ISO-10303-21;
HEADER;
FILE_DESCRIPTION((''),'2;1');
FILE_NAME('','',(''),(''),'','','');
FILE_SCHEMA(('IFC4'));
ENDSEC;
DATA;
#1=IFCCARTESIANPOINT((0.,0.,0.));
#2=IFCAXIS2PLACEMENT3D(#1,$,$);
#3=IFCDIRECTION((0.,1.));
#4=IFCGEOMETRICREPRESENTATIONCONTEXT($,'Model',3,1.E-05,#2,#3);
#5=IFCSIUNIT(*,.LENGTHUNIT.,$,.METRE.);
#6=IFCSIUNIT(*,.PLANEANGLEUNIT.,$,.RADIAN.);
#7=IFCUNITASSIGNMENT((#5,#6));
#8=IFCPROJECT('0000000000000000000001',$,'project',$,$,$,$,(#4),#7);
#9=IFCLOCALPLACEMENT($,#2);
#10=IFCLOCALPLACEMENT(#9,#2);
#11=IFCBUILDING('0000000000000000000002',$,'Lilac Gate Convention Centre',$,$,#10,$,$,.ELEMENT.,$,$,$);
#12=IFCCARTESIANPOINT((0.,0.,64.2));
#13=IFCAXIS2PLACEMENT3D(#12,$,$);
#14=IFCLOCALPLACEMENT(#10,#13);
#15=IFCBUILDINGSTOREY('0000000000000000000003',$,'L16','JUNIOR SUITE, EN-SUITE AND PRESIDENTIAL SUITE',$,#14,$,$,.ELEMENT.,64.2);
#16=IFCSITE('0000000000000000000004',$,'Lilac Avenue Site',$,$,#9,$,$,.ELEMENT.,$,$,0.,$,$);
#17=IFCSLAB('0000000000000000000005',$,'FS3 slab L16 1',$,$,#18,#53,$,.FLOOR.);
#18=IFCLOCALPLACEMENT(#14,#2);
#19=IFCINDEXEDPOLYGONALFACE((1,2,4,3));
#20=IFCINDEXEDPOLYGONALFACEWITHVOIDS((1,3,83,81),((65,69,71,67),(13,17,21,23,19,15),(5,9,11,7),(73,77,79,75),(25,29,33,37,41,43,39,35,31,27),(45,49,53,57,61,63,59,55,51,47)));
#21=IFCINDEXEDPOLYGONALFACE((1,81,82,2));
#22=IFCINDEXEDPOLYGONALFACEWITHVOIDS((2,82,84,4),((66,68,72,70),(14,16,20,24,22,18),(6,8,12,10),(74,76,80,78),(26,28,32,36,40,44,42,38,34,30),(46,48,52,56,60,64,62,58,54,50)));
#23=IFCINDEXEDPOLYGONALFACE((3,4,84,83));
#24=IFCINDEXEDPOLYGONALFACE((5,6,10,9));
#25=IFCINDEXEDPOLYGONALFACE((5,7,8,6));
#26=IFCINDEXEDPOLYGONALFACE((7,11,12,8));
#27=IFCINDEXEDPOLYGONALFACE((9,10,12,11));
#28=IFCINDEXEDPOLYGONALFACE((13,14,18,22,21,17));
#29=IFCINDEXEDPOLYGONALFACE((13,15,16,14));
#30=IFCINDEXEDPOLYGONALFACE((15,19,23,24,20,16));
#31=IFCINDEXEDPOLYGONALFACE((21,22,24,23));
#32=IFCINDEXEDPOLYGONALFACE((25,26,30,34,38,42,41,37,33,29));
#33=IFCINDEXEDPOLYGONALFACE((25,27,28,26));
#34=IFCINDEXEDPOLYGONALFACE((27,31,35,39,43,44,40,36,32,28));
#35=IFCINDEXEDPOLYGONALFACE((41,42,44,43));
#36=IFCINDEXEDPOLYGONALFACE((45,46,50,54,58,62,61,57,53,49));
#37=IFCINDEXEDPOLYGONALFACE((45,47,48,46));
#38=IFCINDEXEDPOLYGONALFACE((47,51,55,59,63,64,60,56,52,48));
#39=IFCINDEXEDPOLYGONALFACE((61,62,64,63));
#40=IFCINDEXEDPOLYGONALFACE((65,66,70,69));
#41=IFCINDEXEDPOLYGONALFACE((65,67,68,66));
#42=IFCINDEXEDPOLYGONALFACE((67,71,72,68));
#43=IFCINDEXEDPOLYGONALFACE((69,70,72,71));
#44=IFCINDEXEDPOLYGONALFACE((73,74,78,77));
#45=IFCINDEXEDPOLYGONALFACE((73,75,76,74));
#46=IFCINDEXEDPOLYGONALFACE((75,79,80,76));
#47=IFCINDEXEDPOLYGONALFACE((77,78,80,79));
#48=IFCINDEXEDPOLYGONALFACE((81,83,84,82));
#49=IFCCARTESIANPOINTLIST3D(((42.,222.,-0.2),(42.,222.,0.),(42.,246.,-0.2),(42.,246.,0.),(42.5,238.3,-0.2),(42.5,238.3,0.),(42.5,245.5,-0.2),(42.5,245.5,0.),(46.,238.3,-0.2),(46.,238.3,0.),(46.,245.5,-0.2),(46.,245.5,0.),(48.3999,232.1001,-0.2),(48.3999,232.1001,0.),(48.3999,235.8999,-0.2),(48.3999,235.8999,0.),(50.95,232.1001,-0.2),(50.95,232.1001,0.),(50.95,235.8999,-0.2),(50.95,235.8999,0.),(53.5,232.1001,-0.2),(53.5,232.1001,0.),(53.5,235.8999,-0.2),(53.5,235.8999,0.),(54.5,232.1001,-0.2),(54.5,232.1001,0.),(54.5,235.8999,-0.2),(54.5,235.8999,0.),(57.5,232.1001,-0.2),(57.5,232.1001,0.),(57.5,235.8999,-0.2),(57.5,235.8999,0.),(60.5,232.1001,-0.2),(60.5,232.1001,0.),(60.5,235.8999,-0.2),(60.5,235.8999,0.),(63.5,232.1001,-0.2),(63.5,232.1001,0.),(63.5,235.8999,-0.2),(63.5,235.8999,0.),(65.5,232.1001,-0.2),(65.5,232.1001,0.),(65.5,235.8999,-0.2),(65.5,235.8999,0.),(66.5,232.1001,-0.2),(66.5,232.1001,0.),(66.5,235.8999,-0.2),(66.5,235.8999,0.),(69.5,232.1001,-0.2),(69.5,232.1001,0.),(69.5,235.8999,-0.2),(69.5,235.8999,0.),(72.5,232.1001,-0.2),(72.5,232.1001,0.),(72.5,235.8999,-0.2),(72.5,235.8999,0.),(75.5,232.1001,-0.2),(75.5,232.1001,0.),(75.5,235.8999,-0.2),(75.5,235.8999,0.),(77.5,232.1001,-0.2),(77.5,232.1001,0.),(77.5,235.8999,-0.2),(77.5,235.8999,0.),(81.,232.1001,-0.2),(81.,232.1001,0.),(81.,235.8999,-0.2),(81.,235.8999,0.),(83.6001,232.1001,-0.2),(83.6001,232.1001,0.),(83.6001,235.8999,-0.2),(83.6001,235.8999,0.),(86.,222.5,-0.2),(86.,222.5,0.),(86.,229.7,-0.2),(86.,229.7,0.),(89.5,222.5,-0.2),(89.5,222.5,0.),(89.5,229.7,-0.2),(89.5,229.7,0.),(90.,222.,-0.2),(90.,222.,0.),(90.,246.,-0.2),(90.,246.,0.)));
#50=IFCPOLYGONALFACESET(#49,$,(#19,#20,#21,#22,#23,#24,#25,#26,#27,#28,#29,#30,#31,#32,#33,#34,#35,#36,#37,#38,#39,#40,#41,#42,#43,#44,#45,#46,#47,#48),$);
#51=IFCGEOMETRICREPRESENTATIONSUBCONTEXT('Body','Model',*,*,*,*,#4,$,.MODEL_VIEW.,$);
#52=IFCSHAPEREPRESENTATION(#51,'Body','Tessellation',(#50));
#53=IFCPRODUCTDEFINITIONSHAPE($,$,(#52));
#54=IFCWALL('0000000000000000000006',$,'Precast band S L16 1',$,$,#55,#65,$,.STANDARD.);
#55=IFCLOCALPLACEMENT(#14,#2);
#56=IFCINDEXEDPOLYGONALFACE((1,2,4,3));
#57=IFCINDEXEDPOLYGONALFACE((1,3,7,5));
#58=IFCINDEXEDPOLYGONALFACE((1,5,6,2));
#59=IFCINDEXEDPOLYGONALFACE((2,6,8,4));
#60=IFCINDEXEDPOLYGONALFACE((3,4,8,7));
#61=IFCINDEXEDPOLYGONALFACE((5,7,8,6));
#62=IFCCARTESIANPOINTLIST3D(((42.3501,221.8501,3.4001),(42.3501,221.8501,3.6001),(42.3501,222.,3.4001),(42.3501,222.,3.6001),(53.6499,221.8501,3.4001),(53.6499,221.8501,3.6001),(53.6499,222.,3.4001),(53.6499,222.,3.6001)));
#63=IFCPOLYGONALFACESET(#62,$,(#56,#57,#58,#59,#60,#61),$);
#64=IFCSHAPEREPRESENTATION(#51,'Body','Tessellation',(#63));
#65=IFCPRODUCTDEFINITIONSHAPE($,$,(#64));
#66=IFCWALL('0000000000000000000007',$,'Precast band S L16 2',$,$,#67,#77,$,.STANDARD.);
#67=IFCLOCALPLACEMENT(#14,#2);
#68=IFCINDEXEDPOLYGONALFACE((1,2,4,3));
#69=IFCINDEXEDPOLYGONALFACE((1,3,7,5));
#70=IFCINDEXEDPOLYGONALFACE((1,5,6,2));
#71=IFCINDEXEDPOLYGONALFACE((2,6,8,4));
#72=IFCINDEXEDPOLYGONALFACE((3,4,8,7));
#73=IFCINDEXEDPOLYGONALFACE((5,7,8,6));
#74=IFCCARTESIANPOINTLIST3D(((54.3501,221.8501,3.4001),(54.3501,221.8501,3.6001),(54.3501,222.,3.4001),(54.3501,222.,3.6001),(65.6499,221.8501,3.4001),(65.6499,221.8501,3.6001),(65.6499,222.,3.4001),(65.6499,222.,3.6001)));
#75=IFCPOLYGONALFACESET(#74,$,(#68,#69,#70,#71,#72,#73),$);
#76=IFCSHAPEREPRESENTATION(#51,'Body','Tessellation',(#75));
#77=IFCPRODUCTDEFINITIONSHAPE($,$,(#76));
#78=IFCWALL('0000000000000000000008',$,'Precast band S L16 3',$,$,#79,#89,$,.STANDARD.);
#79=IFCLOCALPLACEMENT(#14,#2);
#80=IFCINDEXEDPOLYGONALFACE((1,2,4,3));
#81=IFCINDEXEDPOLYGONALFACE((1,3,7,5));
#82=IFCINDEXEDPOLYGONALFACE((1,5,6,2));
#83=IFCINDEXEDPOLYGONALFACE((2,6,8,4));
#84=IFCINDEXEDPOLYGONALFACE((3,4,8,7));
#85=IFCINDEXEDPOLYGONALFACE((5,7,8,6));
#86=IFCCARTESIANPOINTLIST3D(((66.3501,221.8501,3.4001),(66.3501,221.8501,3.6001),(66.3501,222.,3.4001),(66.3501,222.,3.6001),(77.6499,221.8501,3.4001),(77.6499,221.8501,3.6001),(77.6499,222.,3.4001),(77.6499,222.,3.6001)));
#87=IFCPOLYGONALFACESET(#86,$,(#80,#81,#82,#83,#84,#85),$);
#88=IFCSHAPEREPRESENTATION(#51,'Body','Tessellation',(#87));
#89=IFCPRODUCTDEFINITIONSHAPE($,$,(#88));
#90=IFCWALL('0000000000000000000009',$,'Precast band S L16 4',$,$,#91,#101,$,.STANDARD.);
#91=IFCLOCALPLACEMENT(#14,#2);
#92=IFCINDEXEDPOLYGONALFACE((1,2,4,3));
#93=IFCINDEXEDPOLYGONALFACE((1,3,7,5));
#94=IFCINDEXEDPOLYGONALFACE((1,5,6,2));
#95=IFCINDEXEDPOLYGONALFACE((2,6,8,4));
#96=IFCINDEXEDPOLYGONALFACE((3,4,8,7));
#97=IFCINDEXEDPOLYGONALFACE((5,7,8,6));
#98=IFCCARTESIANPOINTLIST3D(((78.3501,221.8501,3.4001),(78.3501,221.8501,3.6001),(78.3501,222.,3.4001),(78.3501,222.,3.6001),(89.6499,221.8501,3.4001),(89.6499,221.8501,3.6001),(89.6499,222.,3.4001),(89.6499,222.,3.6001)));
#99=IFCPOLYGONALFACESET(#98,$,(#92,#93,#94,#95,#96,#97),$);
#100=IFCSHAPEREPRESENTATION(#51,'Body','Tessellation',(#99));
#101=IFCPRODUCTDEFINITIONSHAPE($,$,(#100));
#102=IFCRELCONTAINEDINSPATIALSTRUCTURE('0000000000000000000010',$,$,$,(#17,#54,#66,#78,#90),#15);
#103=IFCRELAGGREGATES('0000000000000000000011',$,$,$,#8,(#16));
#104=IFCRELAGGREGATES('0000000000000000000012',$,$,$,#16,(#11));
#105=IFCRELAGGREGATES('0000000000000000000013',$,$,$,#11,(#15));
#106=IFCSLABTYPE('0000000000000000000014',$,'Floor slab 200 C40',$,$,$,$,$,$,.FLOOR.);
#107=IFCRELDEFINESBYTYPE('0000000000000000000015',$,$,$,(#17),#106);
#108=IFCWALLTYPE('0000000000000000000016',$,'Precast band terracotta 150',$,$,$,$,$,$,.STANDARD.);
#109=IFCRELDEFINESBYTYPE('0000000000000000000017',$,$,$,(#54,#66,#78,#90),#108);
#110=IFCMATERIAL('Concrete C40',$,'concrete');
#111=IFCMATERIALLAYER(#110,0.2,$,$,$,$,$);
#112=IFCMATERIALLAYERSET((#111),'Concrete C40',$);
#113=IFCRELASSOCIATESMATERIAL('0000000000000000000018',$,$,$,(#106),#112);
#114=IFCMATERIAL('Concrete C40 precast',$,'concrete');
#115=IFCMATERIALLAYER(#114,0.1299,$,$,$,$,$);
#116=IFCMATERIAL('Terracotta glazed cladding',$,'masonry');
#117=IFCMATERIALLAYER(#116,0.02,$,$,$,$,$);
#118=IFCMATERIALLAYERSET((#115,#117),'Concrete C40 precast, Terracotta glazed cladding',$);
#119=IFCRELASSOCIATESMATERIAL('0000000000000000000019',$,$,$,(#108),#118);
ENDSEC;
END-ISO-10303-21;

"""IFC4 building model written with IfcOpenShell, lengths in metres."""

from ifc_helpers import new_model, si_unit, direction, frame, frame_2d, origin, place, context, subcontext, project, spatial, polyline, rectangle, outline, extrude, material, layer, layer_set, type_object, element, save


model = new_model("IFC4")

# Units and contexts
model_context = context("Model", 3, precision=1e-05, world=origin(), true_north=direction((0.0, 1.0)))
body_context = subcontext(model_context, "Body", "Model", "MODEL_VIEW")
ifc_project = project(units=[si_unit("LENGTHUNIT", "METRE"), si_unit("PLANEANGLEUNIT", "RADIAN")], contexts=[model_context])

# Site, building, storey
site_placement = place(None, origin())
site = spatial("IfcSite", under=ifc_project, at=site_placement, Name="Lilac Avenue Site", CompositionType="ELEMENT", RefElevation=0.0)
building_placement = place(site_placement, origin())
building = spatial("IfcBuilding", under=site, at=building_placement, Name="Lilac Gate Convention Centre", CompositionType="ELEMENT")
storey_placement = place(building_placement, frame((0.0, 0.0, 64.2)))
storey = spatial("IfcBuildingStorey", under=building, at=storey_placement, Name="L16", Description="JUNIOR SUITE, EN-SUITE AND PRESIDENTIAL SUITE", CompositionType="ELEMENT", Elevation=64.2)

# Shared definitions
ifc_material_1 = material(Name="Concrete C40", Category="concrete")

# Slab
ifc_layer_1 = layer(ifc_material_1, 0.2)
ifc_layer_set_1 = layer_set([ifc_layer_1], Name="Concrete C40")
slab_type_1 = type_object("IfcSlabType", Name="Floor slab 200 C40", PredefinedType="FLOOR", material=ifc_layer_set_1)
slab_1_placement = place(storey_placement, frame((0.0, 0.0, -0.2)))
element("IfcSlab", 1, at=slab_1_placement, inside=storey, type_object=slab_type_1, Name="FS3 slab L16 1", PredefinedType="FLOOR", context=body_context, shape_type="SweptSolid", body=[
    extrude(outline(polyline([(42.0, 222.0), (42.0, 246.0), (90.0, 246.0), (90.0, 222.0), (42.0, 222.0)]), holes=[polyline([(48.3999, 235.8999), (48.3999, 232.1001), (50.95, 232.1001), (53.5, 232.1001), (53.5, 235.8999), (50.95, 235.8999), (48.3999, 235.8999)]), polyline([(57.5, 235.8999), (54.5, 235.8999), (54.5, 232.1001), (57.5, 232.1001), (60.5, 232.1001), (63.5, 232.1001), (65.5, 232.1001), (65.5, 235.8999), (63.5, 235.8999), (60.5, 235.8999), (57.5, 235.8999)]), polyline([(42.5, 245.5), (42.5, 238.3), (46.0, 238.3), (46.0, 245.5), (42.5, 245.5)]), polyline([(89.5, 229.7), (86.0, 229.7), (86.0, 222.5), (89.5, 222.5), (89.5, 229.7)]), polyline([(69.5, 235.8999), (66.5, 235.8999), (66.5, 232.1001), (69.5, 232.1001), (72.5, 232.1001), (75.5, 232.1001), (77.5, 232.1001), (77.5, 235.8999), (75.5, 235.8999), (72.5, 235.8999), (69.5, 235.8999)]), polyline([(83.6001, 235.8999), (81.0, 235.8999), (81.0, 232.1001), (83.6001, 232.1001), (83.6001, 235.8999)])]), origin(), (0.0, 0.0, 1.0), 0.2),
])

# Walls
ifc_material_2 = material(Name="Concrete C40 precast", Category="concrete")
ifc_layer_2 = layer(ifc_material_2, 0.1299)
ifc_material_3 = material(Name="Terracotta glazed cladding", Category="masonry")
ifc_layer_3 = layer(ifc_material_3, 0.02)
ifc_layer_set_2 = layer_set([ifc_layer_2, ifc_layer_3], Name="Concrete C40 precast, Terracotta glazed cladding")
wall_type = type_object("IfcWallType", Name="Precast band terracotta 150", PredefinedType="STANDARD", material=ifc_layer_set_2)
for number, where, z_axis, x_axis, name in (
    (2, (42.3501, 221.925, 3.4001), (0.0, 0.0, 1.0), (1.0, 0.0, 0.0), "Precast band S L16 1"),
    (3, (54.3501, 221.925, 3.4001), (0.0, 0.0, 1.0), (1.0, 0.0, 0.0), "Precast band S L16 2"),
    (4, (66.3501, 221.925, 3.4001), (0.0, 0.0, 1.0), (1.0, 0.0, 0.0), "Precast band S L16 3"),
    (5, (78.3501, 221.925, 3.4001), (0.0, 0.0, 1.0), (1.0, 0.0, 0.0), "Precast band S L16 4"),
):
    element("IfcWall", number, at=place(storey_placement, frame(where, z_axis=z_axis, x_axis=x_axis)), inside=storey, type_object=wall_type, Name=name, PredefinedType="STANDARD", context=body_context, shape_type="SweptSolid", body=[
        extrude(rectangle(XDim=11.2998, YDim=0.1499, at=frame_2d((5.6499, 0.0))), origin(), (0.0, 0.0, 1.0), 0.2),
    ])

save(model, "model.ifc")
